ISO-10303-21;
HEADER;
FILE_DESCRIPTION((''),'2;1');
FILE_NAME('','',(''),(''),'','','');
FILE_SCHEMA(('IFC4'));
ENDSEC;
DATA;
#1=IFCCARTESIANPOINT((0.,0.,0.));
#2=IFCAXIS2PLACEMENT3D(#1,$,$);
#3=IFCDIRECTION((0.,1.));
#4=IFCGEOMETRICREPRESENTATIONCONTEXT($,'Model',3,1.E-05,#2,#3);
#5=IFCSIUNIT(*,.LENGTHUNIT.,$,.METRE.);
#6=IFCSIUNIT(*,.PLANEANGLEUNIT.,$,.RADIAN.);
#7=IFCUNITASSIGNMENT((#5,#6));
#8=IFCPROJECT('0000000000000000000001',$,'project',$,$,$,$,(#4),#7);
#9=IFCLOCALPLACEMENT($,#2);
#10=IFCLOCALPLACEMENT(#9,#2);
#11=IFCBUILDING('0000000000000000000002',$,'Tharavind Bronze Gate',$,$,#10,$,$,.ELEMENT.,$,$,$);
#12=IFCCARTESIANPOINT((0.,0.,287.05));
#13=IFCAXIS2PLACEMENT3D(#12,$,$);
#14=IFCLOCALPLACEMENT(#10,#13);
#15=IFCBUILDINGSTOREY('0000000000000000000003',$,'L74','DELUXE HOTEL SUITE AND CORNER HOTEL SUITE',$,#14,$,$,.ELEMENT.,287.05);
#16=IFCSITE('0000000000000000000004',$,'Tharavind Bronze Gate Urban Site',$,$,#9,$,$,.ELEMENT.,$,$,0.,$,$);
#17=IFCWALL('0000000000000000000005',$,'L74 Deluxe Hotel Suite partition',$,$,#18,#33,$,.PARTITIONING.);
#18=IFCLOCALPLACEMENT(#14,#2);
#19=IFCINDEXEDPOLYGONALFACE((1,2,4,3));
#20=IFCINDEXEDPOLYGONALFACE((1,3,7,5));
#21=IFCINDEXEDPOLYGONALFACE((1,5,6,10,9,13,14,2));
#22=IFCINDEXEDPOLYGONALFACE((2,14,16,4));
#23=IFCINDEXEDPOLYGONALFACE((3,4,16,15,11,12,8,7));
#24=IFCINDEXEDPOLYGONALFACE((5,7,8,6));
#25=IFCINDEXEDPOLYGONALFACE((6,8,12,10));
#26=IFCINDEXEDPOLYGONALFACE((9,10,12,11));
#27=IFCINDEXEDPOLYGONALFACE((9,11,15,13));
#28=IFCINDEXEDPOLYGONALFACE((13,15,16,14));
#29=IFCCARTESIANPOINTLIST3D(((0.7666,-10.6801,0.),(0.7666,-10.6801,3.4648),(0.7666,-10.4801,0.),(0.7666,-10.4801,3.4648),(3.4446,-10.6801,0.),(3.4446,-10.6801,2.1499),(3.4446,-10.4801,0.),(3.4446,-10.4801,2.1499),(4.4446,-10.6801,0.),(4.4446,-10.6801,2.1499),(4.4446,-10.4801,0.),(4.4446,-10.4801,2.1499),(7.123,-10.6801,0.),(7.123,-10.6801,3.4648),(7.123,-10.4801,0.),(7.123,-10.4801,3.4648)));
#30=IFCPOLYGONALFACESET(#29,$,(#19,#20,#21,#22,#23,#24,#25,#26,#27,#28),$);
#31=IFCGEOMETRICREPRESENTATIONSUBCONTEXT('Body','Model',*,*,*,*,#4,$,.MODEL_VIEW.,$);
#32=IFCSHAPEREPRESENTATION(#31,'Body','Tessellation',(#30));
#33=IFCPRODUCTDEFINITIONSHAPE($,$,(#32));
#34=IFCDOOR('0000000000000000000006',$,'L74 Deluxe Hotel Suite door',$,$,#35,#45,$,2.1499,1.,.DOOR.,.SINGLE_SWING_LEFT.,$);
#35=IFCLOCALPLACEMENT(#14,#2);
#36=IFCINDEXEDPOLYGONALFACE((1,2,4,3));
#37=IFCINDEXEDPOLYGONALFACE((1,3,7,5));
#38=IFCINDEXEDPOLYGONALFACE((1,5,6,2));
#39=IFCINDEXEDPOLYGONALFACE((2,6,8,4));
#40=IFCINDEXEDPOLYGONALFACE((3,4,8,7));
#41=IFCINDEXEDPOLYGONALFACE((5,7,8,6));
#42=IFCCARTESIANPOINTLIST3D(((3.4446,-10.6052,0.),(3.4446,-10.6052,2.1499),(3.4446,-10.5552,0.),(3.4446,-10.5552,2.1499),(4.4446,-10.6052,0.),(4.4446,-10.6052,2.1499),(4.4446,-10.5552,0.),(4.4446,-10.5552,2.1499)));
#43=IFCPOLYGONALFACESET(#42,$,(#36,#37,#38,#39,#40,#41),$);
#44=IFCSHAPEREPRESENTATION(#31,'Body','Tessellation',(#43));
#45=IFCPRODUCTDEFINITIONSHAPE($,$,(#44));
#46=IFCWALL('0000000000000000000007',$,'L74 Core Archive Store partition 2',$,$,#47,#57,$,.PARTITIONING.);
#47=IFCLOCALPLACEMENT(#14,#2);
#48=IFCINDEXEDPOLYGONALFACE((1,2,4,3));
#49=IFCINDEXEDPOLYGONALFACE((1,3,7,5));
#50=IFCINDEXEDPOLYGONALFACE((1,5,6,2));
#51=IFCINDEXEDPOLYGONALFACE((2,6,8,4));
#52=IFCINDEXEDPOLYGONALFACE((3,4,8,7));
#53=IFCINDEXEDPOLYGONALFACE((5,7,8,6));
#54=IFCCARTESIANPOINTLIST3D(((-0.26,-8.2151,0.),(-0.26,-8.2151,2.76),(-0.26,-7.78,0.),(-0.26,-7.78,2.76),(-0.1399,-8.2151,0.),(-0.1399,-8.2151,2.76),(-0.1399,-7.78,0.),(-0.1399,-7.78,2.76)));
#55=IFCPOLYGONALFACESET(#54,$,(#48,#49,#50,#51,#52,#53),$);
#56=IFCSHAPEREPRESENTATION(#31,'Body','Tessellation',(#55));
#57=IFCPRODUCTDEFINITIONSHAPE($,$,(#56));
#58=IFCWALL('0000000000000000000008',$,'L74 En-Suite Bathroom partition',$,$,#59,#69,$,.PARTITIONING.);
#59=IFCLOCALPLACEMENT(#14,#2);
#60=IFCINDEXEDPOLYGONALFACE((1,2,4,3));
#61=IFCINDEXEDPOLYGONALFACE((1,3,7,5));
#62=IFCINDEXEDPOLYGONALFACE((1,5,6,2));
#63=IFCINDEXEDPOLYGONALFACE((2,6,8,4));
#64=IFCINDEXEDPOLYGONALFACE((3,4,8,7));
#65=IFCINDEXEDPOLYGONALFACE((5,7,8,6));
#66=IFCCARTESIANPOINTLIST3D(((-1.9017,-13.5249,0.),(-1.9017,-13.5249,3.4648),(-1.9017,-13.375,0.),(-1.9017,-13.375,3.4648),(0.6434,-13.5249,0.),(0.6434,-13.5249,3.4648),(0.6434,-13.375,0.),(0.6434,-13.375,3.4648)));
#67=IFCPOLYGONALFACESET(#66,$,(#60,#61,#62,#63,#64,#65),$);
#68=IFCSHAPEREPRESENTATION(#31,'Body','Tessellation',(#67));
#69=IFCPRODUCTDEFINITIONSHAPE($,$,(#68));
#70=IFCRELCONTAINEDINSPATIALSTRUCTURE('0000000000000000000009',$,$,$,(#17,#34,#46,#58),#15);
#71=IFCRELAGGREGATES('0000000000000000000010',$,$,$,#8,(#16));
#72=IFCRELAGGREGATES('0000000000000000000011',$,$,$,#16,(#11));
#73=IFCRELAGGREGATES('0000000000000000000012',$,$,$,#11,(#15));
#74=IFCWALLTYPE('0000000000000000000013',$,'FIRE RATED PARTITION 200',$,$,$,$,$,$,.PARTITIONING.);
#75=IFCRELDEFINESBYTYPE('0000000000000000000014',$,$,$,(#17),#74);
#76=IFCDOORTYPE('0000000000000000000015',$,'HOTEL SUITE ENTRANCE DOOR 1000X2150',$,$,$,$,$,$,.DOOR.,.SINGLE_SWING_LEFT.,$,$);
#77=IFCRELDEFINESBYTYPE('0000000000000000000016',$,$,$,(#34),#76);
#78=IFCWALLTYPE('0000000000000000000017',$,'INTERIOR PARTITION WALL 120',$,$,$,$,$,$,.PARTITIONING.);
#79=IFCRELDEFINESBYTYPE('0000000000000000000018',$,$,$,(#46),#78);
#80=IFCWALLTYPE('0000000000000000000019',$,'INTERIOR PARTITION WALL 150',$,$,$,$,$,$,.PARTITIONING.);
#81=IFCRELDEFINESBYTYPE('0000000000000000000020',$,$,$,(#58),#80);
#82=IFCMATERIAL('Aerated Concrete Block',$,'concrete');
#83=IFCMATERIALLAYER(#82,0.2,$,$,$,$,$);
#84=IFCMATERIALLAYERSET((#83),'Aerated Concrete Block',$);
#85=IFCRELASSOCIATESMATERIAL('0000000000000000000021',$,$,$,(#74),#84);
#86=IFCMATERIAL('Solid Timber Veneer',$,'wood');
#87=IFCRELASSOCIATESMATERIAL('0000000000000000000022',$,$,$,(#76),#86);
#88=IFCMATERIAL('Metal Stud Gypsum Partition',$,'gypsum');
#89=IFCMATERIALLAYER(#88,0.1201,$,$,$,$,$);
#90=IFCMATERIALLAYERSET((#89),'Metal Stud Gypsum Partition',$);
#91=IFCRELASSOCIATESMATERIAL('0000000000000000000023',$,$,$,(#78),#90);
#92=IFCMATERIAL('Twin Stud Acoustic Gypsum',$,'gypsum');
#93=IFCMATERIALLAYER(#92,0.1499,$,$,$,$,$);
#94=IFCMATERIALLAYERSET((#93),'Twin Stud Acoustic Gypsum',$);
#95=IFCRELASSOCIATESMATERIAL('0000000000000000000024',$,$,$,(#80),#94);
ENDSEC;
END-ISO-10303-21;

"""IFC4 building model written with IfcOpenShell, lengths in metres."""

from ifc_helpers import new_model, si_unit, direction, frame, frame_2d, origin, place, context, subcontext, project, spatial, rectangle, extrude, material, layer, layer_set, type_object, element, fill, save


model = new_model("IFC4")

# Units and contexts
model_context = context("Model", 3, precision=1e-05, world=origin(), true_north=direction((0.0, 1.0)))
body_context = subcontext(model_context, "Body", "Model", "MODEL_VIEW")
ifc_project = project(units=[si_unit("LENGTHUNIT", "METRE"), si_unit("PLANEANGLEUNIT", "RADIAN")], contexts=[model_context])

# Site, building, storey
site_placement = place(None, origin())
site = spatial("IfcSite", under=ifc_project, at=site_placement, Name="Tharavind Bronze Gate Urban Site", CompositionType="ELEMENT", RefElevation=0.0)
building_placement = place(site_placement, origin())
building = spatial("IfcBuilding", under=site, at=building_placement, Name="Tharavind Bronze Gate", CompositionType="ELEMENT")
storey_placement = place(building_placement, frame((0.0, 0.0, 287.05)))
storey = spatial("IfcBuildingStorey", under=building, at=storey_placement, Name="L74", Description="DELUXE HOTEL SUITE AND CORNER HOTEL SUITE", CompositionType="ELEMENT", Elevation=287.05)

# Shared definitions
ifc_material_1 = material(Name="Aerated Concrete Block", Category="concrete")
ifc_layer_1 = layer(ifc_material_1, 0.2)
ifc_layer_set_1 = layer_set([ifc_layer_1], Name="Aerated Concrete Block")
wall_type_1 = type_object("IfcWallType", Name="FIRE RATED PARTITION 200", PredefinedType="PARTITIONING", material=ifc_layer_set_1)

# Wall, opening, door
ifc_material_2 = material(Name="Solid Timber Veneer", Category="wood")
door_type_1 = type_object("IfcDoorType", Name="HOTEL SUITE ENTRANCE DOOR 1000X2150", OperationType="SINGLE_SWING_LEFT", PredefinedType="DOOR", material=ifc_material_2)
wall_1_placement = place(storey_placement, frame((0.7666, -10.5801, 0.0), z_axis=(0.0, 0.0, 1.0), x_axis=(1.0, 0.0, 0.0)))
wall_1 = element("IfcWall", 1, at=wall_1_placement, inside=storey, type_object=wall_type_1, Name="L74 Deluxe Hotel Suite partition", PredefinedType="PARTITIONING", context=body_context, shape_type="SweptSolid", body=[
    extrude(rectangle(XDim=6.3564, YDim=0.2, at=frame_2d((3.1782, 0.0))), origin(), (0.0, 0.0, 1.0), 3.4648),
])
opening_1_placement = place(wall_1_placement, frame((2.678, 0.0, 0.0)))
opening_1 = element("IfcOpeningElement", 2, at=opening_1_placement, cuts=wall_1, PredefinedType="OPENING", context=body_context, shape_type="SweptSolid", body=[
    extrude(rectangle(XDim=1.0, YDim=2.1499, at=frame_2d((0.5, 1.075))), frame((0.0, 0.1101, 0.0), z_axis=(0.0, -1.0, 0.0), x_axis=(1.0, 0.0, 0.0)), (0.0, 0.0, 1.0), 0.22),
])
door_1_placement = place(opening_1_placement, origin())
door_1 = element("IfcDoor", 3, at=door_1_placement, inside=storey, type_object=door_type_1, Name="L74 Deluxe Hotel Suite door", OperationType="SINGLE_SWING_LEFT", OverallHeight=2.1499, OverallWidth=1.0, PredefinedType="DOOR", context=body_context, shape_type="SweptSolid", body=[
    extrude(rectangle(XDim=1.0, YDim=2.1499, at=frame_2d((0.5, 1.075))), frame((0.0, 0.0249, 0.0), z_axis=(0.0, -1.0, 0.0), x_axis=(1.0, 0.0, 0.0)), (0.0, 0.0, 1.0), 0.05),
])
fill(opening_1, door_1)

# Walls
ifc_material_3 = material(Name="Metal Stud Gypsum Partition", Category="gypsum")
ifc_layer_2 = layer(ifc_material_3, 0.1201)
ifc_layer_set_2 = layer_set([ifc_layer_2], Name="Metal Stud Gypsum Partition")
wall_type_2 = type_object("IfcWallType", Name="INTERIOR PARTITION WALL 120", PredefinedType="PARTITIONING", material=ifc_layer_set_2)
wall_2_placement = place(storey_placement, frame((-0.2, -8.2151, 0.0), z_axis=(0.0, 0.0, 1.0), x_axis=(0.0, 1.0, 0.0)))
element("IfcWall", 4, at=wall_2_placement, inside=storey, type_object=wall_type_2, Name="L74 Core Archive Store partition 2", PredefinedType="PARTITIONING", context=body_context, shape_type="SweptSolid", body=[
    extrude(rectangle(XDim=0.4351, YDim=0.1201, at=frame_2d((0.2175, 0.0))), origin(), (0.0, 0.0, 1.0), 2.76),
])
ifc_material_4 = material(Name="Twin Stud Acoustic Gypsum", Category="gypsum")
ifc_layer_3 = layer(ifc_material_4, 0.1499)
ifc_layer_set_3 = layer_set([ifc_layer_3], Name="Twin Stud Acoustic Gypsum")
wall_type_3 = type_object("IfcWallType", Name="INTERIOR PARTITION WALL 150", PredefinedType="PARTITIONING", material=ifc_layer_set_3)
wall_3_placement = place(storey_placement, frame((0.6433, -13.45, 0.0), z_axis=(0.0, 0.0, 1.0), x_axis=(-1.0, 0.0, 0.0)))
element("IfcWall", 5, at=wall_3_placement, inside=storey, type_object=wall_type_3, Name="L74 En-Suite Bathroom partition", PredefinedType="PARTITIONING", context=body_context, shape_type="SweptSolid", body=[
    extrude(rectangle(XDim=2.5452, YDim=0.1499, at=frame_2d((1.2725, 0.0))), origin(), (0.0, 0.0, 1.0), 3.4648),
])

save(model, "model.ifc")
